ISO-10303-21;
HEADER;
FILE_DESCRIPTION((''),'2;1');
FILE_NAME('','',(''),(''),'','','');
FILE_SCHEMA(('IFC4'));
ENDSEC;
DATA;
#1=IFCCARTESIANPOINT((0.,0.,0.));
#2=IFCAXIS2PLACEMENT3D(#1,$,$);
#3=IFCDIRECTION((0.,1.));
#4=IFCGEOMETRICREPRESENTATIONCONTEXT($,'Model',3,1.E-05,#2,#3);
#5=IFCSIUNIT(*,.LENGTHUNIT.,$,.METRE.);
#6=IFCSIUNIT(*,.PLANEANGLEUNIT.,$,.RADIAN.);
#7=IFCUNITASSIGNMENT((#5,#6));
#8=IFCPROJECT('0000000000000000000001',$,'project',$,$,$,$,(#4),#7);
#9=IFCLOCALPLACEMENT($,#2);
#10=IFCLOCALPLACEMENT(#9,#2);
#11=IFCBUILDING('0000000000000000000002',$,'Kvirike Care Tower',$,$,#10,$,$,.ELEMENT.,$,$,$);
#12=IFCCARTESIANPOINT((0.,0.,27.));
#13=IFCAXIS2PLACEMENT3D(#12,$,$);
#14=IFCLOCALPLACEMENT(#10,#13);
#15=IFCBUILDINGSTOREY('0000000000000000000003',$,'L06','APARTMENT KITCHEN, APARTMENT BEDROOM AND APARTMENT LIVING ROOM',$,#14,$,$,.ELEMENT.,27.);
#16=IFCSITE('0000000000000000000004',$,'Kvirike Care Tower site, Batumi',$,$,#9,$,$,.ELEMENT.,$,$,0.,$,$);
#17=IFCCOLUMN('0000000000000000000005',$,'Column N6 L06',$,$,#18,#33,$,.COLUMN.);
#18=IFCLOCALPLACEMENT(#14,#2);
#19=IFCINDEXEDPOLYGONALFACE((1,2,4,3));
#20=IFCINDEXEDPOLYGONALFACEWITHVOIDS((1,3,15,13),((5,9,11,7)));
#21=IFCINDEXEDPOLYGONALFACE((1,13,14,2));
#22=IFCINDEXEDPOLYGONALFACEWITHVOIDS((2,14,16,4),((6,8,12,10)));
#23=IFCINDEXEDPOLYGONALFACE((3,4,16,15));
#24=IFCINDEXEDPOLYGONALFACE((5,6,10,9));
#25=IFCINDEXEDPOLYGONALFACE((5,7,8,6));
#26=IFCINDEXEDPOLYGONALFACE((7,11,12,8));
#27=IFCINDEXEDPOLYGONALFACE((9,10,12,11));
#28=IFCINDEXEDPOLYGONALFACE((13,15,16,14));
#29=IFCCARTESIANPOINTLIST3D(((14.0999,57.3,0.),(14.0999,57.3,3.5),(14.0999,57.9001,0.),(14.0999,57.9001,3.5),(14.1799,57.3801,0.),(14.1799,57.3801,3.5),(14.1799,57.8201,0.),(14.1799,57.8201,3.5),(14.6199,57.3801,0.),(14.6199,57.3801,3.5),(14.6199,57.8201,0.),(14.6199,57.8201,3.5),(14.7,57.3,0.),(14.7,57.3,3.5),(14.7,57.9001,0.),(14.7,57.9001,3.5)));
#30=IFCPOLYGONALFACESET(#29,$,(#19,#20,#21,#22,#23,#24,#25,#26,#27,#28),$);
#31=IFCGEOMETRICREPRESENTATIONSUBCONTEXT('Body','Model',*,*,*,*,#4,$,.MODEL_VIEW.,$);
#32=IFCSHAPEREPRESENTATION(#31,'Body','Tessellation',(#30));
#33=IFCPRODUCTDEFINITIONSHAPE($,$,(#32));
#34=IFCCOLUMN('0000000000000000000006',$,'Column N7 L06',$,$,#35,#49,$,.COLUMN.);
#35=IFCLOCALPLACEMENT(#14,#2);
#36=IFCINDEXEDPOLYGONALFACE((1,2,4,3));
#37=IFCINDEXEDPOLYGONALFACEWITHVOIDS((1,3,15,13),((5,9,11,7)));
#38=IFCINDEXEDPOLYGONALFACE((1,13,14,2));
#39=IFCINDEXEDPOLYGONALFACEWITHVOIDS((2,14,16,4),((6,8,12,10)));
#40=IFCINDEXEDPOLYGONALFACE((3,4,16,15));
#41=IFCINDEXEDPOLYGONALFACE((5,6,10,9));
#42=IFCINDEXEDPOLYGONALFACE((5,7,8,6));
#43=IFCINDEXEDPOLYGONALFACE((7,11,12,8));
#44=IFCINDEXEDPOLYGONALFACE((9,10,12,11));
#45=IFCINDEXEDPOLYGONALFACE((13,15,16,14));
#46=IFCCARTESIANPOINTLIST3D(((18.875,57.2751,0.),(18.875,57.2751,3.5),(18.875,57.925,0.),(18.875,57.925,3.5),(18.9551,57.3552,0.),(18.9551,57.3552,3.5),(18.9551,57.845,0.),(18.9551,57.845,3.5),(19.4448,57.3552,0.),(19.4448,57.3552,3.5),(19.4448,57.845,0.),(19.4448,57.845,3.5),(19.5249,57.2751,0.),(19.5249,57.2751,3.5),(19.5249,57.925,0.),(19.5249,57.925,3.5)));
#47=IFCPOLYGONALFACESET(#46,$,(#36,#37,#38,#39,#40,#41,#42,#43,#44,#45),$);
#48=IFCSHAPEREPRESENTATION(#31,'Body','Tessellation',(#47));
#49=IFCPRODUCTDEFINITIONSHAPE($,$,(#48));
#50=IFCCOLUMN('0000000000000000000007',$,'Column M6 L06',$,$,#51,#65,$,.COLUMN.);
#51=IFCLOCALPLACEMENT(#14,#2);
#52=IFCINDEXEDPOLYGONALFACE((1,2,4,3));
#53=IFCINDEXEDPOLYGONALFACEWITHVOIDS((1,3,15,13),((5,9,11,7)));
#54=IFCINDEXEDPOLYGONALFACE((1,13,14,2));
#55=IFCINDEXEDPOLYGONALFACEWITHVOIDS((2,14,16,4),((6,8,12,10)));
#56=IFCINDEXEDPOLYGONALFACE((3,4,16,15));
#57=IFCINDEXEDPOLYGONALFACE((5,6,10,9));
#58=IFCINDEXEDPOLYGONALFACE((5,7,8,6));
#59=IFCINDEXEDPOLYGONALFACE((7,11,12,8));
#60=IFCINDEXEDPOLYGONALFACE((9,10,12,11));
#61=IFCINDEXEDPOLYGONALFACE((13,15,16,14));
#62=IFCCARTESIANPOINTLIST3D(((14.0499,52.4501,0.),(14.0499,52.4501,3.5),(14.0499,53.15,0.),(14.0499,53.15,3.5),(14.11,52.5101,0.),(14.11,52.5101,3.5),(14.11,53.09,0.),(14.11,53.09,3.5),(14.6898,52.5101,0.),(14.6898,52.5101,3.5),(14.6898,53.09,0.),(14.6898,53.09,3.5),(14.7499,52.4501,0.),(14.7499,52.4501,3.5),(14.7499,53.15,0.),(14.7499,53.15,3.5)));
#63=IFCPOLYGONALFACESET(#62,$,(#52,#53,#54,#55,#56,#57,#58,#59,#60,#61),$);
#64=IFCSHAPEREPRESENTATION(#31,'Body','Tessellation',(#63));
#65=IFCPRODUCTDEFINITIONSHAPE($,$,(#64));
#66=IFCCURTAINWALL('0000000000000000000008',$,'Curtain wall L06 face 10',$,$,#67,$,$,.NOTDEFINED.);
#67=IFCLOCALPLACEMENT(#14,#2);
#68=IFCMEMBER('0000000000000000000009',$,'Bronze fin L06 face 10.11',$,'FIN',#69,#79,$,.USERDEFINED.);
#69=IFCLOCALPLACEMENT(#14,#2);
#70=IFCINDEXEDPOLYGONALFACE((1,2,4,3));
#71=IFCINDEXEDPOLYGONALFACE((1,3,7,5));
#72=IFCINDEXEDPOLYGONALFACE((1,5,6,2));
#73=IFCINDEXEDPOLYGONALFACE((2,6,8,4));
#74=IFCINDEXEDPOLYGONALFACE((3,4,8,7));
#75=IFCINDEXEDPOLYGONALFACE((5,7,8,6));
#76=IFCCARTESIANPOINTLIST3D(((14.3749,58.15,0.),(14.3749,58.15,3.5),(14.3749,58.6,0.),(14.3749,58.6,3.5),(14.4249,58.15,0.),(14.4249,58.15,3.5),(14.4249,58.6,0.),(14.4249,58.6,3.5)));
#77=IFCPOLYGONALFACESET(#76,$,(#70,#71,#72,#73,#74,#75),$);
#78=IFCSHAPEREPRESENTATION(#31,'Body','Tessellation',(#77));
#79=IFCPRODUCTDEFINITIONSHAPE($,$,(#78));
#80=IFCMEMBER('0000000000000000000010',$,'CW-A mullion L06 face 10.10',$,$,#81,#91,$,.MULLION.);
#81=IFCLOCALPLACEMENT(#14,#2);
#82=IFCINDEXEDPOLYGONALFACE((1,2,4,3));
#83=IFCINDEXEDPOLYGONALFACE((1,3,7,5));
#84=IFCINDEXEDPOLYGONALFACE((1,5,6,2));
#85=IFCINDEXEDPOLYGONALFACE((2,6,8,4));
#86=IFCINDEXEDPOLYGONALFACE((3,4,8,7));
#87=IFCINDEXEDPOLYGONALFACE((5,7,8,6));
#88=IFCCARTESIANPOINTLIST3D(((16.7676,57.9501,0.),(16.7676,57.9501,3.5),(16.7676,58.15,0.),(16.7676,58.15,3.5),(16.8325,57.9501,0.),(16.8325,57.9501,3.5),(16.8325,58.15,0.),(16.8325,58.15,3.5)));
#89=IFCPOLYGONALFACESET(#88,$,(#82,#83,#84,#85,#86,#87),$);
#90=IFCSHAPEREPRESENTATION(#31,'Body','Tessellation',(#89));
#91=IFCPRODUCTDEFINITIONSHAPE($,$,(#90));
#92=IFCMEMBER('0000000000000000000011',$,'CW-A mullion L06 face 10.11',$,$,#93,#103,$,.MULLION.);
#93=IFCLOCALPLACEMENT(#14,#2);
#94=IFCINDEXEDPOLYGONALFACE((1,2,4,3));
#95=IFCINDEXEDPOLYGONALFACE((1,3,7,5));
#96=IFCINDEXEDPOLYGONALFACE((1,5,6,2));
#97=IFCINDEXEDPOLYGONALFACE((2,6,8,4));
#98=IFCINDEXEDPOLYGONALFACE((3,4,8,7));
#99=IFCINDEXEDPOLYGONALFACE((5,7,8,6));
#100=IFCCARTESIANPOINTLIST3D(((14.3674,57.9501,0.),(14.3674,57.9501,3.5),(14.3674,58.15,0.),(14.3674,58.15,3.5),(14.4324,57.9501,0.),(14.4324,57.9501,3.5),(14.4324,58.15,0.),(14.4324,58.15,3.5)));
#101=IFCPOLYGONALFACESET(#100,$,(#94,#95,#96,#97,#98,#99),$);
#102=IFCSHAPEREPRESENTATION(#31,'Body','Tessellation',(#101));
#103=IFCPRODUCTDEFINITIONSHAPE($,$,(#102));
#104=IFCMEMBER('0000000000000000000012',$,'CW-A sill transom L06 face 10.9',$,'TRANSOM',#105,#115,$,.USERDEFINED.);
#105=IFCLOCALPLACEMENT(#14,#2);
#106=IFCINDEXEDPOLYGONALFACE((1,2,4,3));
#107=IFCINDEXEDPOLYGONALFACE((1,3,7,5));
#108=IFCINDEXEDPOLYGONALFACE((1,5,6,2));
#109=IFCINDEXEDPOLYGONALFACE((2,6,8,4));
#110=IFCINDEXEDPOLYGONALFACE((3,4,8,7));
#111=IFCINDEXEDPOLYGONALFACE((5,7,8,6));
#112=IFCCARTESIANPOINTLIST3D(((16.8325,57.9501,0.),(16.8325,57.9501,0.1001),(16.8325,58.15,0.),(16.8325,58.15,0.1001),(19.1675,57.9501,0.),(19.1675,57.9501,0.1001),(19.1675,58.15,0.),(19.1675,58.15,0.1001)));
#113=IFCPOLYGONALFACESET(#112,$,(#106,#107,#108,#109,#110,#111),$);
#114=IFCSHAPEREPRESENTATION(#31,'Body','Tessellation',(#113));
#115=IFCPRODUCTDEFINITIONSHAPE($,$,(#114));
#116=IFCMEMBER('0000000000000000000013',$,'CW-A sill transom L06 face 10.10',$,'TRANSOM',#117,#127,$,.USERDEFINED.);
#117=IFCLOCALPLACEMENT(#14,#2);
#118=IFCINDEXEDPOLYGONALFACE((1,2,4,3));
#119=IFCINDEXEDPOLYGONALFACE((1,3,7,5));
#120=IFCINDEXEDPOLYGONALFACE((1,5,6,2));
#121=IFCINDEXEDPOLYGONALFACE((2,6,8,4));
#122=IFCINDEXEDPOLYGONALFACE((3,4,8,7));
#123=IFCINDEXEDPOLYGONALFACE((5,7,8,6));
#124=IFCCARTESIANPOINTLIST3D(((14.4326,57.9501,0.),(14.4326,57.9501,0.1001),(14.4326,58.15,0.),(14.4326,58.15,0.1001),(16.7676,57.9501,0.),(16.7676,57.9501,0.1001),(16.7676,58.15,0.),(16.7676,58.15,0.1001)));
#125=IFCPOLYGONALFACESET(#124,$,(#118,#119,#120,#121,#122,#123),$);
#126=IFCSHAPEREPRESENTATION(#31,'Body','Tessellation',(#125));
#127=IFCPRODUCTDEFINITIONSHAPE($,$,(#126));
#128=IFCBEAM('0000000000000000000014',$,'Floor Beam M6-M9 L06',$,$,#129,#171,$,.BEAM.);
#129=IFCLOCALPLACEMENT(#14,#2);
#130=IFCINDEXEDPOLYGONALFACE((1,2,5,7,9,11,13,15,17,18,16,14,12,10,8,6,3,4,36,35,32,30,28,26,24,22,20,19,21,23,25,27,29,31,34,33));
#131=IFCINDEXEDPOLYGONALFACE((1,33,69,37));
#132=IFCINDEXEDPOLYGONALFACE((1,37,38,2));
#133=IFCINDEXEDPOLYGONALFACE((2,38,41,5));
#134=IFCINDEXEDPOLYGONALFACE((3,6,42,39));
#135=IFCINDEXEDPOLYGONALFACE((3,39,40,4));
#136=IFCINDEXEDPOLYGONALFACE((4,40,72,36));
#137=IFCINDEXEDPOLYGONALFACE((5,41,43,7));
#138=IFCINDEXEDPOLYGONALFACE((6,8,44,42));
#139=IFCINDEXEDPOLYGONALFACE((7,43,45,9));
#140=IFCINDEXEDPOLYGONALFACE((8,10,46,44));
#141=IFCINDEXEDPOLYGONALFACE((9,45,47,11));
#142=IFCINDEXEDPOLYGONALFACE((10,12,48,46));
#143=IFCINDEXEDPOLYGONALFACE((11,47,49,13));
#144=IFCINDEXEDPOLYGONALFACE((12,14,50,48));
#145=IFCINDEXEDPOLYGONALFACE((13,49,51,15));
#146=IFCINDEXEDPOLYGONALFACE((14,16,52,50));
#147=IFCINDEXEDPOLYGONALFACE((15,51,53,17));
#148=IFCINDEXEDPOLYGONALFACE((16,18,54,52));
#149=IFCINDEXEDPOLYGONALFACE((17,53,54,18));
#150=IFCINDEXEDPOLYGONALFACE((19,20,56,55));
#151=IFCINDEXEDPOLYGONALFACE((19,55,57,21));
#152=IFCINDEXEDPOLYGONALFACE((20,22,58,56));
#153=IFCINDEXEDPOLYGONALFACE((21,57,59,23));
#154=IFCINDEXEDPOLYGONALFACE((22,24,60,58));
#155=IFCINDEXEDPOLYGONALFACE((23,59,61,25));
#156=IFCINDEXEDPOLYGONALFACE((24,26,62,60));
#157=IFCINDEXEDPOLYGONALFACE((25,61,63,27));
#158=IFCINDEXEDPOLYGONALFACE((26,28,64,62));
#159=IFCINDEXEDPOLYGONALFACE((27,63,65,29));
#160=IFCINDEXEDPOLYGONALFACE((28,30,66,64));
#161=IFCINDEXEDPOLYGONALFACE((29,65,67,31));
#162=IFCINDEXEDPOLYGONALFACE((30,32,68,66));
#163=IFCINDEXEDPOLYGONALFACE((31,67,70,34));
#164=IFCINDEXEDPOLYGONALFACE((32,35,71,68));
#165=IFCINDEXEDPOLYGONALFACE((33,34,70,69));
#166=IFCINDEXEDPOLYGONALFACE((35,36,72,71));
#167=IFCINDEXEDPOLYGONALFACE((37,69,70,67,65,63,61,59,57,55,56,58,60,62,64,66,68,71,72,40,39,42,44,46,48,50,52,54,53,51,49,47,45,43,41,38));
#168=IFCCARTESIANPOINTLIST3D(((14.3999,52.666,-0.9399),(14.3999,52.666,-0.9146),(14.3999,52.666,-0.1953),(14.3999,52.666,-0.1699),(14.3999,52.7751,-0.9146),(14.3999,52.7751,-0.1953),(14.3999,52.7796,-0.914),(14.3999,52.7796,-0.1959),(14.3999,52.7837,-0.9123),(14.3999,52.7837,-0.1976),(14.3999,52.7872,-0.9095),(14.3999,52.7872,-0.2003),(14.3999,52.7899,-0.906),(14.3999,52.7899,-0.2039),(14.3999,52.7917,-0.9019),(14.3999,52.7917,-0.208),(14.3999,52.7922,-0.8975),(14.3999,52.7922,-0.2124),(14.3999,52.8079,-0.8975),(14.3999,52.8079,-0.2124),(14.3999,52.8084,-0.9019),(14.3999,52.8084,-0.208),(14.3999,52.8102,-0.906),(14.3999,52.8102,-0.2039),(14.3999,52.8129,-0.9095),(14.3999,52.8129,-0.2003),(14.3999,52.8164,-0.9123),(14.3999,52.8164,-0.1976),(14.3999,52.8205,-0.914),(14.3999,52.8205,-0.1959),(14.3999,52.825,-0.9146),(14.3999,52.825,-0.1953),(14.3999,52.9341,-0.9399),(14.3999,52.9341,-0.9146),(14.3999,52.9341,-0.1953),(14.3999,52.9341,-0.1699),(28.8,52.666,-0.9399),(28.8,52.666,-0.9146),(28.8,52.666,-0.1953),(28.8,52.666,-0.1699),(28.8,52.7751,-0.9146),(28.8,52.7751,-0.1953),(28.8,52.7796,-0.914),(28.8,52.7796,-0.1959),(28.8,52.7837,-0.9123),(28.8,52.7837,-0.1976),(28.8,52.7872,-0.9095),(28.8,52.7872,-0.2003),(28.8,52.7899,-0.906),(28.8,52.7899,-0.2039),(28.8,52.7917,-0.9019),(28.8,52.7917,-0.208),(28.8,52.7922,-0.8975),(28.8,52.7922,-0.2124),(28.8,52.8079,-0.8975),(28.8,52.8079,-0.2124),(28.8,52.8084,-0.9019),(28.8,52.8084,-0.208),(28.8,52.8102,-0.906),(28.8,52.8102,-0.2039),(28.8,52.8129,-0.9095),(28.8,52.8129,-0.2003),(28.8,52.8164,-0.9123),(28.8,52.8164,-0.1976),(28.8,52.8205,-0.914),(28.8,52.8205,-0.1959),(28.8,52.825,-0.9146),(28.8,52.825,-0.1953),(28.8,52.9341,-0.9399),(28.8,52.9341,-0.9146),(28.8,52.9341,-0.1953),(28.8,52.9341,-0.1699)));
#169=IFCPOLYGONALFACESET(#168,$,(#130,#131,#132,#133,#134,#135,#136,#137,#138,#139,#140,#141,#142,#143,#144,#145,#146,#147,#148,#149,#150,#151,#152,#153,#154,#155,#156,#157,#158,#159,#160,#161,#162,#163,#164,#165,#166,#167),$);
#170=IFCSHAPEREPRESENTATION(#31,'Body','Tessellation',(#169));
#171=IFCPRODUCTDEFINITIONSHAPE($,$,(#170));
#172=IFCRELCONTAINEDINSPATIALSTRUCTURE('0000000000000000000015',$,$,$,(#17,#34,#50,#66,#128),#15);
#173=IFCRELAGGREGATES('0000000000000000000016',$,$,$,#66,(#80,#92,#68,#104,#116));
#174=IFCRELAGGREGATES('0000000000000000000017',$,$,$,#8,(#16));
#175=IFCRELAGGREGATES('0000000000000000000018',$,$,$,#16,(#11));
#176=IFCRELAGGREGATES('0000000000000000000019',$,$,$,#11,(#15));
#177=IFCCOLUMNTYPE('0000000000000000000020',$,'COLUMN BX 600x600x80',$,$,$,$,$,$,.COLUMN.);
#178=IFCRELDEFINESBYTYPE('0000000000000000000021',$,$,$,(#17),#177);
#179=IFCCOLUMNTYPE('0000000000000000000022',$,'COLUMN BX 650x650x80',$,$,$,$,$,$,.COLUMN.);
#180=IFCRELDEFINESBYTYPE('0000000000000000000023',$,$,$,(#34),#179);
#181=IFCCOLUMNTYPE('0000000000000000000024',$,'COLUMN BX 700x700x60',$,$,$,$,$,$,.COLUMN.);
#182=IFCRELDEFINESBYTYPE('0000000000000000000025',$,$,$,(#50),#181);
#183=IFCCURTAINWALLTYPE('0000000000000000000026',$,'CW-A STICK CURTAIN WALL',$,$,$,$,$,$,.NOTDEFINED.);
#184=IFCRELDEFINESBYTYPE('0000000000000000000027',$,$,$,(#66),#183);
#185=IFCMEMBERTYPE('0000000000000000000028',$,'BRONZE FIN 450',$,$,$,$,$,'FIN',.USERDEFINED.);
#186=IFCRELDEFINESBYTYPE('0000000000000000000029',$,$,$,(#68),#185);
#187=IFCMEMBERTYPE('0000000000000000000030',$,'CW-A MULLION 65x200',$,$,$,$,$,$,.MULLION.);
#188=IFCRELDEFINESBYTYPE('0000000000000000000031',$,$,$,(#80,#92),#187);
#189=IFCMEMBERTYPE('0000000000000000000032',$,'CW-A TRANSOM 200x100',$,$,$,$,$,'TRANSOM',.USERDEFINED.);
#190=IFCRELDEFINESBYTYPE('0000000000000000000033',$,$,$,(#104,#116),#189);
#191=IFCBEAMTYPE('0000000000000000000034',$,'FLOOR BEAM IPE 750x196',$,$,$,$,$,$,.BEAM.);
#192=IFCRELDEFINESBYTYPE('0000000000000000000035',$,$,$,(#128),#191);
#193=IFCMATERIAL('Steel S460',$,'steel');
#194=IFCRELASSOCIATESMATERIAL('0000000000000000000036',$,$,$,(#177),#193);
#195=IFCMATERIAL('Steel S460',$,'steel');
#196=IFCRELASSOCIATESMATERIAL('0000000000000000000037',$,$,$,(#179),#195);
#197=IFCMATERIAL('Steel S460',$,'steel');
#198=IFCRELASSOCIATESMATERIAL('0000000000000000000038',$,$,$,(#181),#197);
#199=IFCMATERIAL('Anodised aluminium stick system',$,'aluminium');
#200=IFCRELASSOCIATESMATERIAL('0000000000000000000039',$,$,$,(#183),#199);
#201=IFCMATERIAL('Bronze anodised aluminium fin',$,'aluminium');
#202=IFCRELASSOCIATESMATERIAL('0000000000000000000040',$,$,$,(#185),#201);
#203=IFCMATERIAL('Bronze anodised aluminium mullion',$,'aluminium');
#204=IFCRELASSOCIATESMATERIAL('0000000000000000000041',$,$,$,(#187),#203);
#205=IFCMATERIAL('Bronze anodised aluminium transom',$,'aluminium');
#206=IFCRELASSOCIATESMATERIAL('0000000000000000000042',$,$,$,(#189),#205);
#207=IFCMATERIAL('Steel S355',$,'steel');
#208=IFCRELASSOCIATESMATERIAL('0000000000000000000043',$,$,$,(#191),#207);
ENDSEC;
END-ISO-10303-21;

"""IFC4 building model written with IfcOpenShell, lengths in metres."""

from ifc_helpers import new_model, si_unit, direction, frame, origin, origin_2d, place, context, subcontext, project, spatial, rectangle, hollow_rectangle, i_section, extrude, material, material_profile, profile_set, type_object, element, aggregate, save


model = new_model("IFC4")

# Units and contexts
model_context = context("Model", 3, precision=1e-05, world=origin(), true_north=direction((0.0, 1.0)))
body_context = subcontext(model_context, "Body", "Model", "MODEL_VIEW")
ifc_project = project(units=[si_unit("LENGTHUNIT", "METRE"), si_unit("PLANEANGLEUNIT", "RADIAN")], contexts=[model_context])

# Site, building, storey
site_placement = place(None, origin())
site = spatial("IfcSite", under=ifc_project, at=site_placement, Name="Kvirike Care Tower site, Batumi", CompositionType="ELEMENT", RefElevation=0.0)
building_placement = place(site_placement, origin())
building = spatial("IfcBuilding", under=site, at=building_placement, Name="Kvirike Care Tower", CompositionType="ELEMENT")
storey_placement = place(building_placement, frame((0.0, 0.0, 27.0)))
storey = spatial("IfcBuildingStorey", under=building, at=storey_placement, Name="L06", Description="APARTMENT KITCHEN, APARTMENT BEDROOM AND APARTMENT LIVING ROOM", CompositionType="ELEMENT", Elevation=27.0)

# Columns
ifc_material_1 = material(Name="Steel S460", Category="steel")
ifc_material_profile_1 = material_profile(ifc_material_1, hollow_rectangle(XDim=0.6001, YDim=0.6001, WallThickness=0.0801, at=origin_2d()), Name="BX 600x600x80")
ifc_profile_set_1 = profile_set([ifc_material_profile_1], Name="Steel S460")
column_type_1 = type_object("IfcColumnType", Name="COLUMN BX 600x600x80", PredefinedType="COLUMN", material=ifc_profile_set_1)
column_1_placement = place(storey_placement, frame((14.3999, 57.6001, 0.0), z_axis=(0.0, 0.0, 1.0), x_axis=(0.0, 1.0, 0.0)))
element("IfcColumn", 1, at=column_1_placement, inside=storey, type_object=column_type_1, Name="Column N6 L06", PredefinedType="COLUMN", context=body_context, shape_type="SweptSolid", body=[
    extrude(hollow_rectangle(XDim=0.6001, YDim=0.6001, WallThickness=0.0801, at=origin_2d()), origin(), (0.0, 0.0, 1.0), 3.5),
])
ifc_material_2 = material(Name="Steel S460", Category="steel")
ifc_material_profile_2 = material_profile(ifc_material_2, hollow_rectangle(XDim=0.6499, YDim=0.6499, WallThickness=0.0801, at=origin_2d()), Name="BX 650x650x80")
ifc_profile_set_2 = profile_set([ifc_material_profile_2], Name="Steel S460")
column_type_2 = type_object("IfcColumnType", Name="COLUMN BX 650x650x80", PredefinedType="COLUMN", material=ifc_profile_set_2)
column_2_placement = place(storey_placement, frame((19.2, 57.6001, 0.0), z_axis=(0.0, 0.0, 1.0), x_axis=(0.0, 1.0, 0.0)))
element("IfcColumn", 2, at=column_2_placement, inside=storey, type_object=column_type_2, Name="Column N7 L06", PredefinedType="COLUMN", context=body_context, shape_type="SweptSolid", body=[
    extrude(hollow_rectangle(XDim=0.6499, YDim=0.6499, WallThickness=0.0801, at=origin_2d()), origin(), (0.0, 0.0, 1.0), 3.5),
])
ifc_material_3 = material(Name="Steel S460", Category="steel")
ifc_material_profile_3 = material_profile(ifc_material_3, hollow_rectangle(XDim=0.7, YDim=0.7, WallThickness=0.0601, at=origin_2d()), Name="BX 700x700x60")
ifc_profile_set_3 = profile_set([ifc_material_profile_3], Name="Steel S460")
column_type_3 = type_object("IfcColumnType", Name="COLUMN BX 700x700x60", PredefinedType="COLUMN", material=ifc_profile_set_3)
column_3_placement = place(storey_placement, frame((14.3999, 52.8, 0.0), z_axis=(0.0, 0.0, 1.0), x_axis=(1.0, 0.0, 0.0)))
element("IfcColumn", 3, at=column_3_placement, inside=storey, type_object=column_type_3, Name="Column M6 L06", PredefinedType="COLUMN", context=body_context, shape_type="SweptSolid", body=[
    extrude(hollow_rectangle(XDim=0.7, YDim=0.7, WallThickness=0.0601, at=origin_2d()), origin(), (0.0, 0.0, 1.0), 3.5),
])

# Curtain wall, members
ifc_material_4 = material(Name="Anodised aluminium stick system", Category="aluminium")
curtain_wall_type = type_object("IfcCurtainWallType", Name="CW-A STICK CURTAIN WALL", PredefinedType="NOTDEFINED", material=ifc_material_4)
curtain_wall_placement = place(storey_placement, origin())
curtain_wall = element("IfcCurtainWall", 4, at=curtain_wall_placement, inside=storey, type_object=curtain_wall_type, Name="Curtain wall L06 face 10", PredefinedType="NOTDEFINED")
ifc_material_5 = material(Name="Bronze anodised aluminium fin", Category="aluminium")
ifc_material_profile_4 = material_profile(ifc_material_5, rectangle(XDim=0.05, YDim=0.45, at=origin_2d()), Name="BRONZE FIN 450")
ifc_profile_set_4 = profile_set([ifc_material_profile_4], Name="Bronze anodised aluminium fin")
member_type_1 = type_object("IfcMemberType", Name="BRONZE FIN 450", ElementType="FIN", PredefinedType="USERDEFINED", material=ifc_profile_set_4)
member_1_placement = place(storey_placement, frame((14.3999, 58.375, 0.0), z_axis=(0.0, 0.0, 1.0), x_axis=(-1.0, 0.0, 0.0)))
member_1 = element("IfcMember", 5, at=member_1_placement, type_object=member_type_1, Name="Bronze fin L06 face 10.11", ObjectType="FIN", PredefinedType="USERDEFINED", context=body_context, shape_type="SweptSolid", body=[
    extrude(rectangle(XDim=0.05, YDim=0.45, at=origin_2d()), origin(), (0.0, 0.0, 1.0), 3.5),
])
ifc_material_6 = material(Name="Bronze anodised aluminium mullion", Category="aluminium")
ifc_material_profile_5 = material_profile(ifc_material_6, rectangle(XDim=0.0649, YDim=0.2, at=origin_2d()), Name="CW-A MULLION 65x200")
ifc_profile_set_5 = profile_set([ifc_material_profile_5], Name="Bronze anodised aluminium mullion")
member_type_2 = type_object("IfcMemberType", Name="CW-A MULLION 65x200", PredefinedType="MULLION", material=ifc_profile_set_5)
member_2_placement = place(storey_placement, frame((16.8, 58.05, 0.0), z_axis=(0.0, 0.0, 1.0), x_axis=(-1.0, 0.0, 0.0)))
member_2 = element("IfcMember", 6, at=member_2_placement, type_object=member_type_2, Name="CW-A mullion L06 face 10.10", PredefinedType="MULLION", context=body_context, shape_type="SweptSolid", body=[
    extrude(rectangle(XDim=0.0649, YDim=0.2, at=origin_2d()), origin(), (0.0, 0.0, 1.0), 3.5),
])
member_3_placement = place(storey_placement, frame((14.3999, 58.05, 0.0), z_axis=(0.0, 0.0, 1.0), x_axis=(-1.0, 0.0, 0.0)))
member_3 = element("IfcMember", 7, at=member_3_placement, type_object=member_type_2, Name="CW-A mullion L06 face 10.11", PredefinedType="MULLION", context=body_context, shape_type="SweptSolid", body=[
    extrude(rectangle(XDim=0.0649, YDim=0.2, at=origin_2d()), origin(), (0.0, 0.0, 1.0), 3.5),
])
ifc_material_7 = material(Name="Bronze anodised aluminium transom", Category="aluminium")
ifc_material_profile_6 = material_profile(ifc_material_7, rectangle(XDim=0.2, YDim=0.1001, at=origin_2d()), Name="CW-A TRANSOM 200x100")
ifc_profile_set_6 = profile_set([ifc_material_profile_6], Name="Bronze anodised aluminium transom")
member_type_3 = type_object("IfcMemberType", Name="CW-A TRANSOM 200x100", ElementType="TRANSOM", PredefinedType="USERDEFINED", material=ifc_profile_set_6)
member_4_placement = place(storey_placement, frame((19.1675, 58.05, 0.05), z_axis=(-1.0, 0.0, 0.0), x_axis=(0.0, -1.0, 0.0)))
member_4 = element("IfcMember", 8, at=member_4_placement, type_object=member_type_3, Name="CW-A sill transom L06 face 10.9", ObjectType="TRANSOM", PredefinedType="USERDEFINED", context=body_context, shape_type="SweptSolid", body=[
    extrude(rectangle(XDim=0.2, YDim=0.1001, at=origin_2d()), origin(), (0.0, 0.0, 1.0), 2.335),
])
member_5_placement = place(storey_placement, frame((16.7676, 58.05, 0.05), z_axis=(-1.0, 0.0, 0.0), x_axis=(0.0, -1.0, 0.0)))
member_5 = element("IfcMember", 9, at=member_5_placement, type_object=member_type_3, Name="CW-A sill transom L06 face 10.10", ObjectType="TRANSOM", PredefinedType="USERDEFINED", context=body_context, shape_type="SweptSolid", body=[
    extrude(rectangle(XDim=0.2, YDim=0.1001, at=origin_2d()), origin(), (0.0, 0.0, 1.0), 2.335),
])

# Beam
ifc_material_8 = material(Name="Steel S355", Category="steel")
ifc_material_profile_7 = material_profile(ifc_material_8, i_section(OverallWidth=0.2681, OverallDepth=0.77, WebThickness=0.0156, FlangeThickness=0.0254, FilletRadius=0.0171, at=origin_2d()), Name="IPE 750x196")
ifc_profile_set_7 = profile_set([ifc_material_profile_7], Name="Steel S355")
beam_type_1 = type_object("IfcBeamType", Name="FLOOR BEAM IPE 750x196", PredefinedType="BEAM", material=ifc_profile_set_7)
beam_1_placement = place(storey_placement, frame((14.3999, 52.8, -0.5549), z_axis=(1.0, 0.0, 0.0), x_axis=(0.0, 1.0, 0.0)))
element("IfcBeam", 10, at=beam_1_placement, inside=storey, type_object=beam_type_1, Name="Floor Beam M6-M9 L06", PredefinedType="BEAM", context=body_context, shape_type="SweptSolid", body=[
    extrude(i_section(OverallWidth=0.2681, OverallDepth=0.77, WebThickness=0.0156, FlangeThickness=0.0254, FilletRadius=0.0171, at=origin_2d()), origin(), (0.0, 0.0, 1.0), 14.4001),
])

aggregate(curtain_wall, [member_2, member_3, member_1, member_4, member_5])

save(model, "model.ifc")
